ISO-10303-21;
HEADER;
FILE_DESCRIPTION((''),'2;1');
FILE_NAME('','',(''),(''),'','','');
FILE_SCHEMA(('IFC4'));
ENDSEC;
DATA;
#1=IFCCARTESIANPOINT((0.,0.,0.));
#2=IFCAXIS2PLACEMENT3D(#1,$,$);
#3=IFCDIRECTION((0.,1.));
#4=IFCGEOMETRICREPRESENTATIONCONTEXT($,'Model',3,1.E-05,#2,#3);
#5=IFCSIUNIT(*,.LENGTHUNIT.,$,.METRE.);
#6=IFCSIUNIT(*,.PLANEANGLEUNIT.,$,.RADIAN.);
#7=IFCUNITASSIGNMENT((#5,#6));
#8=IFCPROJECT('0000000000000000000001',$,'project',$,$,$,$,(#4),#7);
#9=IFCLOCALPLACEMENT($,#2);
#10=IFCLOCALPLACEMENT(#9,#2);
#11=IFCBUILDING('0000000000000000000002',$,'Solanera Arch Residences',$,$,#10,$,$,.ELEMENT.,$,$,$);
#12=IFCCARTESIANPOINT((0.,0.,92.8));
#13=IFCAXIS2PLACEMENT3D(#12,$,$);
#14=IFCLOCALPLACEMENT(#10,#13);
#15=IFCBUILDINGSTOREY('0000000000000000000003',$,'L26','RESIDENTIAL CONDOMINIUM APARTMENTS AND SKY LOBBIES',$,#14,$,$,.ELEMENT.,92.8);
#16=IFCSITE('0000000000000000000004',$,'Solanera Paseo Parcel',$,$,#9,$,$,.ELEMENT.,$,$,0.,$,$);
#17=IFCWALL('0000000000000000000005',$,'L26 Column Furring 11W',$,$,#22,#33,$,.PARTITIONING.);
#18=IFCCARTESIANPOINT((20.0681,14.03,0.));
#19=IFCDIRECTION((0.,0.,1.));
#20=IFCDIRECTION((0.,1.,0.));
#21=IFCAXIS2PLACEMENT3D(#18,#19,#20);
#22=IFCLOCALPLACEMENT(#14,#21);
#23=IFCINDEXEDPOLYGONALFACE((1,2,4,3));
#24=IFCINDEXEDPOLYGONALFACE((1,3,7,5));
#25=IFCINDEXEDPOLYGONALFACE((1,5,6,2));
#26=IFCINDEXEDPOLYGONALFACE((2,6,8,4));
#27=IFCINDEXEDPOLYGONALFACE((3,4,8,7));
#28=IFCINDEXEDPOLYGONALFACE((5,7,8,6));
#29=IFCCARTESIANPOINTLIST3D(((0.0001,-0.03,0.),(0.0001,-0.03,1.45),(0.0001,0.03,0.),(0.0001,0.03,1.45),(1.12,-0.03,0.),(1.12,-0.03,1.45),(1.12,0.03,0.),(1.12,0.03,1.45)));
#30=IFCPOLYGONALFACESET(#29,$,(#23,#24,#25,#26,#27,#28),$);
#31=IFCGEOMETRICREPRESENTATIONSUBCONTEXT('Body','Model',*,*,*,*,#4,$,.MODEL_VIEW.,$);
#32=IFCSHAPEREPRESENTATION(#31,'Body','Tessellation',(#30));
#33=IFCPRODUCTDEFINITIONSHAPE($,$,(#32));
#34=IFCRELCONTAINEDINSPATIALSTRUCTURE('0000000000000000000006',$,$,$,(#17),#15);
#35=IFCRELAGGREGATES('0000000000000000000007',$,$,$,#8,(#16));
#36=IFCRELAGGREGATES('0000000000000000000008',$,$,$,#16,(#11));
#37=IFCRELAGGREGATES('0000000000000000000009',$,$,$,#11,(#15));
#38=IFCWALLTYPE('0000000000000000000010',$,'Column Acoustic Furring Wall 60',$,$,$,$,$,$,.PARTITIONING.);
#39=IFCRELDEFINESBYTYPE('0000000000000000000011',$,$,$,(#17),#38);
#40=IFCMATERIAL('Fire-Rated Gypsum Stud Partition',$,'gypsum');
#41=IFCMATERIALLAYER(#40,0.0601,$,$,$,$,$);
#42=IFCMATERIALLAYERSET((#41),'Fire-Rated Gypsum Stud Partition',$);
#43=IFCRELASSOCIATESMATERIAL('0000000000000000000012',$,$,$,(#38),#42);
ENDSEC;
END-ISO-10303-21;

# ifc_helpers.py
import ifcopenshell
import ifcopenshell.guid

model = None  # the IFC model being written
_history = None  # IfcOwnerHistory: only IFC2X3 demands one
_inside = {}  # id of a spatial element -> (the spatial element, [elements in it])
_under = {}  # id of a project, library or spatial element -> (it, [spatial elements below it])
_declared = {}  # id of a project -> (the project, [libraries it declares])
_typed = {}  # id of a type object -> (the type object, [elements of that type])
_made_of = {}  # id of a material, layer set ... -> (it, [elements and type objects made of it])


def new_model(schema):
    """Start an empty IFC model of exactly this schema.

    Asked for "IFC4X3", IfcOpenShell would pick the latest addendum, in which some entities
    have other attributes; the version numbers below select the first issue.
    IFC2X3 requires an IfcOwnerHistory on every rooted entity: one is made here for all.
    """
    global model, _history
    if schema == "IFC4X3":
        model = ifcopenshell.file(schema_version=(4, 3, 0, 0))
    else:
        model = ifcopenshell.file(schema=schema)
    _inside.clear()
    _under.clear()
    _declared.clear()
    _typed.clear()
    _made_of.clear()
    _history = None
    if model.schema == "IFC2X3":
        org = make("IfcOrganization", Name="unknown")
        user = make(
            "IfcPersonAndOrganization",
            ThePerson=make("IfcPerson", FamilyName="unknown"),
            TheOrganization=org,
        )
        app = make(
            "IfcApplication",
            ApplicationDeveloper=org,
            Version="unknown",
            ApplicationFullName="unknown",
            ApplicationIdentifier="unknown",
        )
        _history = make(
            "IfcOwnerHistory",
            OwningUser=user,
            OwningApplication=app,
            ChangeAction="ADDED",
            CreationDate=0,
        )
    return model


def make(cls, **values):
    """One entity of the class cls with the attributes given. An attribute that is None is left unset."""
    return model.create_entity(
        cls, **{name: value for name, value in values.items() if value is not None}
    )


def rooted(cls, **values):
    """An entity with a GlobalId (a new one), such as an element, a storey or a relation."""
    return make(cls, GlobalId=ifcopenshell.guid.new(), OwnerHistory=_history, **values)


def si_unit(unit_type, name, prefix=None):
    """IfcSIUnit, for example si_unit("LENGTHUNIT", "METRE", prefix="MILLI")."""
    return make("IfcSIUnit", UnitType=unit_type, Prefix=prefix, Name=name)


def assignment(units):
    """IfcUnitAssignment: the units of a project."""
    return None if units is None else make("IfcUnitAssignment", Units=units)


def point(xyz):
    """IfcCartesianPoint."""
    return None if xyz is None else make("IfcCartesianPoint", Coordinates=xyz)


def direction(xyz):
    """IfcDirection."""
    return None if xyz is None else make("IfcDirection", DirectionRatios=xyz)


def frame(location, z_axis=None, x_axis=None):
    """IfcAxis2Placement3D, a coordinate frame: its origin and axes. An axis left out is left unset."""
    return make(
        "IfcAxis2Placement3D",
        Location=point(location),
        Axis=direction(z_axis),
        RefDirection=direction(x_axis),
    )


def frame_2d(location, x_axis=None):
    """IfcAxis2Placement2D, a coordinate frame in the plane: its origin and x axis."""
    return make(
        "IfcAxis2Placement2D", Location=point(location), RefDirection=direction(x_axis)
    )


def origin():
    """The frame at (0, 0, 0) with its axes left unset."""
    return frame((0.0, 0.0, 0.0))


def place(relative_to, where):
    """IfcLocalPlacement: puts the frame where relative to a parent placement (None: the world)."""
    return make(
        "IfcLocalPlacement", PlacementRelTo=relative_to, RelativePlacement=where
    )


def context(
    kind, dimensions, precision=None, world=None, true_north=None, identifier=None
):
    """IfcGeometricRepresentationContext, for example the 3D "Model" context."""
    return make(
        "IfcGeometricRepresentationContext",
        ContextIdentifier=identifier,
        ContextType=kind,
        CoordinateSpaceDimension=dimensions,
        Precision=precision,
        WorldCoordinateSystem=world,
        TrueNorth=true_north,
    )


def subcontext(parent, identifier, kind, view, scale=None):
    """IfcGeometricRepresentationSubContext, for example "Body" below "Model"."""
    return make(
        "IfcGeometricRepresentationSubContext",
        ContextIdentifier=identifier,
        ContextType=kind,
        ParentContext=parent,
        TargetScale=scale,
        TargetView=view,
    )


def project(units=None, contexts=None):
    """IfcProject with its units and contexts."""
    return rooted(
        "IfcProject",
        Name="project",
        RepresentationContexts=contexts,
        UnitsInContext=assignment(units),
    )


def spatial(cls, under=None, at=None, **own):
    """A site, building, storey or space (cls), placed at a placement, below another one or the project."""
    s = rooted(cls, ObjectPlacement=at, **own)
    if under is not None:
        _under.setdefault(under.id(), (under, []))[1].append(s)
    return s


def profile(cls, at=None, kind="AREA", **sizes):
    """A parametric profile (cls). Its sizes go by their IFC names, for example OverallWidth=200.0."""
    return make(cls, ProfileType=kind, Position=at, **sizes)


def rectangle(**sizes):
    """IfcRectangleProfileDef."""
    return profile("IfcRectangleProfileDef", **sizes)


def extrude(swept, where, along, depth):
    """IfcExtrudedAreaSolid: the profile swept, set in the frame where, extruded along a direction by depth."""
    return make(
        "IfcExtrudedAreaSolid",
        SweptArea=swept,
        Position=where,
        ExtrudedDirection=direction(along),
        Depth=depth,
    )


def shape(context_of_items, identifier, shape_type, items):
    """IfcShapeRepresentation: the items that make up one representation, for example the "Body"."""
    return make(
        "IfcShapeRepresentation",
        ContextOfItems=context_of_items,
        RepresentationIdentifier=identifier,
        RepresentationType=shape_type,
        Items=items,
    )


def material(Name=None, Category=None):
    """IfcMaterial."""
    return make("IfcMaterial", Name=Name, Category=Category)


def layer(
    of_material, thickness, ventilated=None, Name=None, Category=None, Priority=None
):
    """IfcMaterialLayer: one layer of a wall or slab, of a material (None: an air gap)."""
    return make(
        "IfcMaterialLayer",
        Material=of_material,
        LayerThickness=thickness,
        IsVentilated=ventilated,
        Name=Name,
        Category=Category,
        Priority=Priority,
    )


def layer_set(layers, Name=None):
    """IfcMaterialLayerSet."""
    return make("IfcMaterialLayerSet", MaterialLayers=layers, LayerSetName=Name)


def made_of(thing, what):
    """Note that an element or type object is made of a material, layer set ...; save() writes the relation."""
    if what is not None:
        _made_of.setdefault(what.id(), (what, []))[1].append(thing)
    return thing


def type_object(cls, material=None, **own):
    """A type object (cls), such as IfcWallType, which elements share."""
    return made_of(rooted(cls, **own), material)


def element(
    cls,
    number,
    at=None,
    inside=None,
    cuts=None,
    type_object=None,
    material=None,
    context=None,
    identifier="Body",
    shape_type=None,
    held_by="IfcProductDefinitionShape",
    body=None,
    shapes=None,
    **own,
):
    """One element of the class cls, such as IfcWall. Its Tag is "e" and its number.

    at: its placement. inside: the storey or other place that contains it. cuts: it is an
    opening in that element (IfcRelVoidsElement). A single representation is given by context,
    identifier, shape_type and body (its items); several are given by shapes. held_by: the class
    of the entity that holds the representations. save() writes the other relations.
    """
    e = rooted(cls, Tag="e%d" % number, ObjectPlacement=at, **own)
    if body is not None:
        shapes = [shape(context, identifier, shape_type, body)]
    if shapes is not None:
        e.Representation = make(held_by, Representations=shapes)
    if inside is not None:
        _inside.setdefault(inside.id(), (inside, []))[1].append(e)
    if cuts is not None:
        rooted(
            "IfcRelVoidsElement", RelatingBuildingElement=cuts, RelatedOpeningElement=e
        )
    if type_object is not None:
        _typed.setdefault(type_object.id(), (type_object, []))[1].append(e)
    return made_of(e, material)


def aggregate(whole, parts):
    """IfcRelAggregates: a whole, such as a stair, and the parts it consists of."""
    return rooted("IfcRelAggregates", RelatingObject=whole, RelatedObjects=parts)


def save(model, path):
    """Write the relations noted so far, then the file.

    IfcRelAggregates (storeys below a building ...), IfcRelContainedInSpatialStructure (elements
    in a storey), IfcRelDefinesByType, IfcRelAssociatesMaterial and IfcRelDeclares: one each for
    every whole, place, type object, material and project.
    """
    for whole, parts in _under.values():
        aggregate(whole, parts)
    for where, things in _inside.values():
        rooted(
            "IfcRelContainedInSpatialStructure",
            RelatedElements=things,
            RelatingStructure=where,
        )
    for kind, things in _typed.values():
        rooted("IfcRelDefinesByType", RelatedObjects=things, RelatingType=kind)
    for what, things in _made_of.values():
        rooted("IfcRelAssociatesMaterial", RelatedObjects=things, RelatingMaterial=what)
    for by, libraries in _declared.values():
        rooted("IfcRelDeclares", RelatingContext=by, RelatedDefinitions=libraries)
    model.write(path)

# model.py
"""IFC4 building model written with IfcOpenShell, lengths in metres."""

from ifc_helpers import new_model, si_unit, direction, frame, frame_2d, origin, place, context, subcontext, project, spatial, rectangle, extrude, material, layer, layer_set, type_object, element, save


model = new_model("IFC4")

# Units and contexts
model_context = context("Model", 3, precision=1e-05, world=origin(), true_north=direction((0.0, 1.0)))
body_context = subcontext(model_context, "Body", "Model", "MODEL_VIEW")
ifc_project = project(units=[si_unit("LENGTHUNIT", "METRE"), si_unit("PLANEANGLEUNIT", "RADIAN")], contexts=[model_context])

# Site, building, storey
site_placement = place(None, origin())
site = spatial("IfcSite", under=ifc_project, at=site_placement, Name="Solanera Paseo Parcel", CompositionType="ELEMENT", RefElevation=0.0)
building_placement = place(site_placement, origin())
building = spatial("IfcBuilding", under=site, at=building_placement, Name="Solanera Arch Residences", CompositionType="ELEMENT")
storey_placement = place(building_placement, frame((0.0, 0.0, 92.8)))
storey = spatial("IfcBuildingStorey", under=building, at=storey_placement, Name="L26", Description="RESIDENTIAL CONDOMINIUM APARTMENTS AND SKY LOBBIES", CompositionType="ELEMENT", Elevation=92.8)

# Wall
ifc_material_1 = material(Name="Fire-Rated Gypsum Stud Partition", Category="gypsum")
ifc_layer_1 = layer(ifc_material_1, 0.0601)
ifc_layer_set_1 = layer_set([ifc_layer_1], Name="Fire-Rated Gypsum Stud Partition")
wall_type_1 = type_object("IfcWallType", Name="Column Acoustic Furring Wall 60", PredefinedType="PARTITIONING", material=ifc_layer_set_1)
wall_1_placement = place(storey_placement, frame((20.0681, 14.03, 0.0), z_axis=(0.0, 0.0, 1.0), x_axis=(0.0, 1.0, 0.0)))
element("IfcWall", 1, at=wall_1_placement, inside=storey, type_object=wall_type_1, Name="L26 Column Furring 11W", PredefinedType="PARTITIONING", context=body_context, shape_type="SweptSolid", body=[
    extrude(rectangle(XDim=1.1199, YDim=0.0601, at=frame_2d((0.5601, 0.0))), origin(), (0.0, 0.0, 1.0), 1.45),
])

save(model, "model.ifc")
